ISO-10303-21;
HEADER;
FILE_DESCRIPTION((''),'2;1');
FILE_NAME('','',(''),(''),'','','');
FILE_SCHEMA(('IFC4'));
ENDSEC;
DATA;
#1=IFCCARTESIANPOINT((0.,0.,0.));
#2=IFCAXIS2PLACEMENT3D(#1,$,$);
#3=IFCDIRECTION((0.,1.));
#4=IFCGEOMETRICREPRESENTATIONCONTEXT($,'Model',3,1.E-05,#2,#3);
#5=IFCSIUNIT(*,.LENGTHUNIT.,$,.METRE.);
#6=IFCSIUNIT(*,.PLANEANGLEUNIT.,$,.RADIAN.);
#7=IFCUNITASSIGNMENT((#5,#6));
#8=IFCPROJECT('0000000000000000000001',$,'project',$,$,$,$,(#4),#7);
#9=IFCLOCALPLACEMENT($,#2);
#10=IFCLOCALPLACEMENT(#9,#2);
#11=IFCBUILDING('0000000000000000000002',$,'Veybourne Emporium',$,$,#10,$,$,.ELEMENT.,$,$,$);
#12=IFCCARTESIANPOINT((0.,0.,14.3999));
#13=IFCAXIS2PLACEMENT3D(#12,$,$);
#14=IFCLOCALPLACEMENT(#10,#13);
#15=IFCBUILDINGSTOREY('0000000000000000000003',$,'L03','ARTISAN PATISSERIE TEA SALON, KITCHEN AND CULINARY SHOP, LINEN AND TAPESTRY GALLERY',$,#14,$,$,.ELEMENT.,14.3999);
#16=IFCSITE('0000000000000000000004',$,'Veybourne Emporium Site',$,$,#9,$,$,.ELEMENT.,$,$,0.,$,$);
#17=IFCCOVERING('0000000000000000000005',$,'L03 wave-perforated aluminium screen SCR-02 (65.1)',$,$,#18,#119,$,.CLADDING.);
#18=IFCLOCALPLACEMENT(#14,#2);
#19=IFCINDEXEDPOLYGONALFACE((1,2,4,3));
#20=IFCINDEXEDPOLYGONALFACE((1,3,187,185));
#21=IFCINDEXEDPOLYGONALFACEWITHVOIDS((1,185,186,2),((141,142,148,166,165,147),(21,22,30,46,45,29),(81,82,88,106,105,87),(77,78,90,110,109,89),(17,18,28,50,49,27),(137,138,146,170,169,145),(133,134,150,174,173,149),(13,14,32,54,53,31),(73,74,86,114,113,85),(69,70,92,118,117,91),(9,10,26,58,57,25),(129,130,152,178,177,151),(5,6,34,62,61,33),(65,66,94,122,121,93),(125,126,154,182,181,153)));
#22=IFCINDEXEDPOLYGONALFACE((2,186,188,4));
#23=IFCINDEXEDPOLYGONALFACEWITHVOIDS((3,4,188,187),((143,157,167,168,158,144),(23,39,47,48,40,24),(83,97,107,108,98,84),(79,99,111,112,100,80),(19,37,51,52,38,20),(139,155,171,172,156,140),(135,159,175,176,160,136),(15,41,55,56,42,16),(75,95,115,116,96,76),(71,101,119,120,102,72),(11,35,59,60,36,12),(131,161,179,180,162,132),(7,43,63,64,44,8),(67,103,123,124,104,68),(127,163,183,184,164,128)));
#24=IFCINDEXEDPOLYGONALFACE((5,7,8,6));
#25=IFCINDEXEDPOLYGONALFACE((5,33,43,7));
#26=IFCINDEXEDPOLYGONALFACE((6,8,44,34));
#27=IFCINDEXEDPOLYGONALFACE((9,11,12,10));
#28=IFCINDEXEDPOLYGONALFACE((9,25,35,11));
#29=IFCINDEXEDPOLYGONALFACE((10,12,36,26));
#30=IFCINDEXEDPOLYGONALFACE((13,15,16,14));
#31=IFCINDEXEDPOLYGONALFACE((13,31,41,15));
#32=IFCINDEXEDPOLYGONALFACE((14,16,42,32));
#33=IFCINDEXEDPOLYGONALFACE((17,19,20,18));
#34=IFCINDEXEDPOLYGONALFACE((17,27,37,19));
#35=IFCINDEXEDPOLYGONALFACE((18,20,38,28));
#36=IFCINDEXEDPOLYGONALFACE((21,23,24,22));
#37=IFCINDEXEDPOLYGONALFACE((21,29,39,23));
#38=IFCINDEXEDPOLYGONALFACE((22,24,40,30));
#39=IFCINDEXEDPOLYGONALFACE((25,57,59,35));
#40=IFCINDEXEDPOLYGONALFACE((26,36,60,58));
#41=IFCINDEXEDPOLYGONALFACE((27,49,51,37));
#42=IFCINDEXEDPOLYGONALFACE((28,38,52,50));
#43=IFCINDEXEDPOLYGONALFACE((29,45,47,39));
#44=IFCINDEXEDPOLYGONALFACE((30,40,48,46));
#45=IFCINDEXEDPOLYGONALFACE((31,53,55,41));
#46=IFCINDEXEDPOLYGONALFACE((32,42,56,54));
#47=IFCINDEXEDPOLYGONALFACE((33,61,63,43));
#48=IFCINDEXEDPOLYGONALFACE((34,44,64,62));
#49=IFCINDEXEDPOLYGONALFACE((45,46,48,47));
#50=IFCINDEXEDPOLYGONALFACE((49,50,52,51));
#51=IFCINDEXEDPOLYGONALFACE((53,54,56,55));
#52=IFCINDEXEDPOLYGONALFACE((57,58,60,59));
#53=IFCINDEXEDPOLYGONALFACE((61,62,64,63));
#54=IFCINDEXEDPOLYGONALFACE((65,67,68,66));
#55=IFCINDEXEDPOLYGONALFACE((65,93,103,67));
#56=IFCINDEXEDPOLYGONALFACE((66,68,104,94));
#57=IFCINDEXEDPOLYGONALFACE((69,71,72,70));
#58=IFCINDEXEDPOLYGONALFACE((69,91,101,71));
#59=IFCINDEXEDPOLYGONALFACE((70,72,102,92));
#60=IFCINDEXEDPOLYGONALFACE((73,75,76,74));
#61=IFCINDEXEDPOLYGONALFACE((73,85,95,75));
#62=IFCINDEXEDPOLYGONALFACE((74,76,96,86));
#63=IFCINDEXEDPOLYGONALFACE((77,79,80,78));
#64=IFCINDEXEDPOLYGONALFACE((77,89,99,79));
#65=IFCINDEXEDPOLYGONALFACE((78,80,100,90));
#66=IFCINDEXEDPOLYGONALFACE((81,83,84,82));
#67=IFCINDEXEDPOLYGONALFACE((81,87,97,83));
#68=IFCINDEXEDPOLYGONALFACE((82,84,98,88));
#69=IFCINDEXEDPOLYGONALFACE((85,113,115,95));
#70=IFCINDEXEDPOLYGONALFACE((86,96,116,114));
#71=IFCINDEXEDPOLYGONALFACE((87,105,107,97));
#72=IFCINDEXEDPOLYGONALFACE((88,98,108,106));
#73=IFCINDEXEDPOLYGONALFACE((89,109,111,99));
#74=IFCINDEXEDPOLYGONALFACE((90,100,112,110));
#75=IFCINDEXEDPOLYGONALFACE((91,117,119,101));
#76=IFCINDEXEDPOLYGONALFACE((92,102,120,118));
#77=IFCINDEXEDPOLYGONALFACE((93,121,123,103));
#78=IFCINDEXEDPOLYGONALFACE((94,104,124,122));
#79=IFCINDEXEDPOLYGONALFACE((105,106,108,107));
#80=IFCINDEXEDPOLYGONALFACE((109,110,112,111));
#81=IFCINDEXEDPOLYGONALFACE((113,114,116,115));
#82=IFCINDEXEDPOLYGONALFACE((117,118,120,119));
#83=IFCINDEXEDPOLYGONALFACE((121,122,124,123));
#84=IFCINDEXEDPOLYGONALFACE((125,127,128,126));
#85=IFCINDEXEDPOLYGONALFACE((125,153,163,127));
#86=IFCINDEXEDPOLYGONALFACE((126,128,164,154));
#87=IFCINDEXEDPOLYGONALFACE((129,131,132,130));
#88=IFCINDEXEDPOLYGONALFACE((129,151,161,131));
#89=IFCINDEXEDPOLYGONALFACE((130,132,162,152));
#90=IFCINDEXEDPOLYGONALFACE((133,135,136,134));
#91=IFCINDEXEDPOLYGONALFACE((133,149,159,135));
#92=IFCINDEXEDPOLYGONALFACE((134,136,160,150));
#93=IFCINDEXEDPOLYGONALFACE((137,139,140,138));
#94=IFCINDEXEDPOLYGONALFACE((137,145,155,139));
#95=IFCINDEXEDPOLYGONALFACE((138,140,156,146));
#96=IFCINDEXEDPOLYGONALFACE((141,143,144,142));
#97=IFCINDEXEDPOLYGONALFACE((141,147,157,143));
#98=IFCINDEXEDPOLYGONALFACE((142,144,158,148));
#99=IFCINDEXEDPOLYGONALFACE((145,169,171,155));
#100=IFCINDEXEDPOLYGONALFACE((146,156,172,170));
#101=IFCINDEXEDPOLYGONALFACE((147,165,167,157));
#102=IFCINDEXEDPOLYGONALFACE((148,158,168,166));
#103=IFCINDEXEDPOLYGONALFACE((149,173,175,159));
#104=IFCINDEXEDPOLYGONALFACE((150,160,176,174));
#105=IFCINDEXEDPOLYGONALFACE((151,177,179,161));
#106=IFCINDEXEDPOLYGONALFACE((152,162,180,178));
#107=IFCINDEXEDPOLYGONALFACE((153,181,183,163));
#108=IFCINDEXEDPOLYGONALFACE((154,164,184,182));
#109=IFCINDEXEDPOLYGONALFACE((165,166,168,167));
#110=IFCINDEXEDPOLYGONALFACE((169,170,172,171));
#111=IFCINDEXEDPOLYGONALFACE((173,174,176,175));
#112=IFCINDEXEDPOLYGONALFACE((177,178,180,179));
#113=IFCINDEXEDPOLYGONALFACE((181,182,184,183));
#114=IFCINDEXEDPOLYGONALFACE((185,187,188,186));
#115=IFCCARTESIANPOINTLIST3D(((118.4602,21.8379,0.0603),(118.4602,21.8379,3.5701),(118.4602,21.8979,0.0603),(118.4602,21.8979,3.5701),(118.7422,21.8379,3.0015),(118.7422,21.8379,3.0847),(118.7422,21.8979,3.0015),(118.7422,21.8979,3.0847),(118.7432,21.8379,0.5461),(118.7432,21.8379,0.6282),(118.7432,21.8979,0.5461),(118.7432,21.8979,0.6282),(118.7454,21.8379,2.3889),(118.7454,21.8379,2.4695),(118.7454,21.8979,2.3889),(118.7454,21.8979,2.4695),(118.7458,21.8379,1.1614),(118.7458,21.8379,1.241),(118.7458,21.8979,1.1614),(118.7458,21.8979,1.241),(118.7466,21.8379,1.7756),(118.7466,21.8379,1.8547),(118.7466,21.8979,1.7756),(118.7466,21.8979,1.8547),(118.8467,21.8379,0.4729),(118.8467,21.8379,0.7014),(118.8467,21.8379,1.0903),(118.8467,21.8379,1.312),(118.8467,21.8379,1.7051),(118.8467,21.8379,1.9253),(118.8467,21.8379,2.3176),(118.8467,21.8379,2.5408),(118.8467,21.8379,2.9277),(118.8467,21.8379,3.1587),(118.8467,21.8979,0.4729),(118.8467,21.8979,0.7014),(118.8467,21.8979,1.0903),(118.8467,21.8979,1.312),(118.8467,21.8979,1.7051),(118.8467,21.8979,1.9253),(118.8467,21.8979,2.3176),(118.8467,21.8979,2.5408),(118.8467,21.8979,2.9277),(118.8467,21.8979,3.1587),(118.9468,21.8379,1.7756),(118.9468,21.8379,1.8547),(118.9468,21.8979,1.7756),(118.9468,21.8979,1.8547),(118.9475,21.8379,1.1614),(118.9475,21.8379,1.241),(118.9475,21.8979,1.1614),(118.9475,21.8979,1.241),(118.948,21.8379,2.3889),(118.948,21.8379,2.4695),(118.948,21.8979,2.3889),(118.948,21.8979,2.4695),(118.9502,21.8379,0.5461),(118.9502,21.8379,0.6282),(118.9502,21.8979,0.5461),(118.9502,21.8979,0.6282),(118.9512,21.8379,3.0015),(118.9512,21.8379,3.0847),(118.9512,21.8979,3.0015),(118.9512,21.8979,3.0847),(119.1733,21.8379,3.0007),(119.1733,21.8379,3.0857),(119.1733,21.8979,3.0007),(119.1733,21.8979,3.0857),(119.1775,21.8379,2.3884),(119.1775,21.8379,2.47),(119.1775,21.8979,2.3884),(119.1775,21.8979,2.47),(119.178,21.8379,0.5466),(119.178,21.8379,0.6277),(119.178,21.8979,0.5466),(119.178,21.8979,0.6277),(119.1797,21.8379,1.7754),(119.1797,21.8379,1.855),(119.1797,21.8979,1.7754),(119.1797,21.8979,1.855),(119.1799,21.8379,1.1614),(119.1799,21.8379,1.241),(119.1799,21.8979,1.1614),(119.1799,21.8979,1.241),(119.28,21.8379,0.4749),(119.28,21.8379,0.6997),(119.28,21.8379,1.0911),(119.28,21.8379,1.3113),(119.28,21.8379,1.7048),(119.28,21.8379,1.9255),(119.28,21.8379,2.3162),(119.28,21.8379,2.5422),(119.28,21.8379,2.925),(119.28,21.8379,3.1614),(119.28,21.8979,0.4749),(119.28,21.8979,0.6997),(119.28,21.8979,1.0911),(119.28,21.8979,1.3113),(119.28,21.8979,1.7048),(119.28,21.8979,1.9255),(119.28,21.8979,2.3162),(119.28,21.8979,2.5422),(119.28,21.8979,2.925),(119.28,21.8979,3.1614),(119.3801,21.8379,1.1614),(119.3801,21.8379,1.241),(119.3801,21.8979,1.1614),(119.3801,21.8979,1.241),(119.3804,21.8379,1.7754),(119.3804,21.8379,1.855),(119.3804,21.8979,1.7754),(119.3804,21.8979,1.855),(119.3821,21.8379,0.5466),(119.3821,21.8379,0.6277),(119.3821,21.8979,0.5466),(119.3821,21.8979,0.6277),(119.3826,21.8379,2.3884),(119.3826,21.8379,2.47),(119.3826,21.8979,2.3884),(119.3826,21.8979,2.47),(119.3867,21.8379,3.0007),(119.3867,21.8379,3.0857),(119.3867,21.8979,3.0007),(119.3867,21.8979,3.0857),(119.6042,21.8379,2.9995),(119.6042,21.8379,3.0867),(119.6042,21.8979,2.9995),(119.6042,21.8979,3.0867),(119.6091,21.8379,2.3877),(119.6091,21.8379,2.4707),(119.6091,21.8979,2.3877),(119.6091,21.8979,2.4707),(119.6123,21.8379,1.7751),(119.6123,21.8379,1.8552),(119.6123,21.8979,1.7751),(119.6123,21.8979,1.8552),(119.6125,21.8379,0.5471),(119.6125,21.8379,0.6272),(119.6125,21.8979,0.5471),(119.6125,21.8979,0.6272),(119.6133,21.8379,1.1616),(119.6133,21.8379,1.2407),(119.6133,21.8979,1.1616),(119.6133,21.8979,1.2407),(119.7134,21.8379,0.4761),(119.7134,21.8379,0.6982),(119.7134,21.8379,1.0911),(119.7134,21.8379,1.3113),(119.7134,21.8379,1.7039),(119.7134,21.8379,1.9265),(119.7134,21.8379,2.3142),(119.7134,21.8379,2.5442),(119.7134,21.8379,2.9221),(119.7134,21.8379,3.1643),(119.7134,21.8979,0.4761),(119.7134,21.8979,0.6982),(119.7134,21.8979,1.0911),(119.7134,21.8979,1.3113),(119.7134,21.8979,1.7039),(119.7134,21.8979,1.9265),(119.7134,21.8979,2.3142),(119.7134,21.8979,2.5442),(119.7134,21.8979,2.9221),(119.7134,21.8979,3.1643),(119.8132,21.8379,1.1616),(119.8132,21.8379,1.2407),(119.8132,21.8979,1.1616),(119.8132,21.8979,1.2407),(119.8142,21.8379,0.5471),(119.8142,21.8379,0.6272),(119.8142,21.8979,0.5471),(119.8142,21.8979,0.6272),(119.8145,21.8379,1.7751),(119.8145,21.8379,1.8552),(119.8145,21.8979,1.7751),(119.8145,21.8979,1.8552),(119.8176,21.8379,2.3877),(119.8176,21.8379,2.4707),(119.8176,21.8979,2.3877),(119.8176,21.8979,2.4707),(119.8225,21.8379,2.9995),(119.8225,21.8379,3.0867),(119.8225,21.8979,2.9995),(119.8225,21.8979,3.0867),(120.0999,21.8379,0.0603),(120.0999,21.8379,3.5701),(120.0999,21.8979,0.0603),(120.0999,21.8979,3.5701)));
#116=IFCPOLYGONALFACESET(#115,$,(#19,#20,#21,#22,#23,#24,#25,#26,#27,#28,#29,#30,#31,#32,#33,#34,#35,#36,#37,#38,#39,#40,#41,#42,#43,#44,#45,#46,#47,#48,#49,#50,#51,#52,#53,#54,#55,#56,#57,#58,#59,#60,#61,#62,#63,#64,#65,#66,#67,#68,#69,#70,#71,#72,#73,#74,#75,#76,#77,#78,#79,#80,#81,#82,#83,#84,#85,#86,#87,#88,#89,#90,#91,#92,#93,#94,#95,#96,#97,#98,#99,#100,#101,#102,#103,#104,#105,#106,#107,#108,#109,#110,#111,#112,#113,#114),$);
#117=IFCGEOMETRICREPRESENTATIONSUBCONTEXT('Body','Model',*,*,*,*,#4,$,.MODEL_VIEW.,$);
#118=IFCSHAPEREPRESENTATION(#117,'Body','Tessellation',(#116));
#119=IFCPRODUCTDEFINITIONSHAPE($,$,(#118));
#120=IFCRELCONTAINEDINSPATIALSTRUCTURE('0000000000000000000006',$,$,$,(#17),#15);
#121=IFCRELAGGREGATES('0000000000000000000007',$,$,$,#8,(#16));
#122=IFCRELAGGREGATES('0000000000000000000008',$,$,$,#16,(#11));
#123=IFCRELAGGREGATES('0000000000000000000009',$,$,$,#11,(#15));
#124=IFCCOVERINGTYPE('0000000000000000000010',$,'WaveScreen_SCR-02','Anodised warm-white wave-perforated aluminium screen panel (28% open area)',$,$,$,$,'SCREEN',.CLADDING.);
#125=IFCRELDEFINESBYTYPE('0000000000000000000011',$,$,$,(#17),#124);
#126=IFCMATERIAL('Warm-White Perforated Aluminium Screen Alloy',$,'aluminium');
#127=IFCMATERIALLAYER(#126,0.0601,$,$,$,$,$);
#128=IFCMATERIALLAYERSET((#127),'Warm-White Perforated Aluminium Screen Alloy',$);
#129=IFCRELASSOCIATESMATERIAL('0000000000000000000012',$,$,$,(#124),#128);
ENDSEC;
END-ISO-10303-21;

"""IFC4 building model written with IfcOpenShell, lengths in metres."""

from ifc_helpers import new_model, si_unit, direction, frame, origin, place, context, subcontext, project, spatial, polyline, outline, extrude, material, layer, layer_set, type_object, element, save


model = new_model("IFC4")

# Units and contexts
model_context = context("Model", 3, precision=1e-05, world=origin(), true_north=direction((0.0, 1.0)))
body_context = subcontext(model_context, "Body", "Model", "MODEL_VIEW")
ifc_project = project(units=[si_unit("LENGTHUNIT", "METRE"), si_unit("PLANEANGLEUNIT", "RADIAN")], contexts=[model_context])

# Site, building, storey
site_placement = place(None, origin())
site = spatial("IfcSite", under=ifc_project, at=site_placement, Name="Veybourne Emporium Site", CompositionType="ELEMENT", RefElevation=0.0)
building_placement = place(site_placement, origin())
building = spatial("IfcBuilding", under=site, at=building_placement, Name="Veybourne Emporium", CompositionType="ELEMENT")
storey_placement = place(building_placement, frame((0.0, 0.0, 14.3999)))
storey = spatial("IfcBuildingStorey", under=building, at=storey_placement, Name="L03", Description="ARTISAN PATISSERIE TEA SALON, KITCHEN AND CULINARY SHOP, LINEN AND TAPESTRY GALLERY", CompositionType="ELEMENT", Elevation=14.3999)

# Covering
ifc_material_1 = material(Name="Warm-White Perforated Aluminium Screen Alloy", Category="aluminium")
ifc_layer_1 = layer(ifc_material_1, 0.0601)
ifc_layer_set_1 = layer_set([ifc_layer_1], Name="Warm-White Perforated Aluminium Screen Alloy")
covering_type_1 = type_object("IfcCoveringType", Name="WaveScreen_SCR-02", Description="Anodised warm-white wave-perforated aluminium screen panel (28% open area)", ElementType="SCREEN", PredefinedType="CLADDING", material=ifc_layer_set_1)
covering_1_placement = place(storey_placement, frame((119.28, 21.8979, 1.8152), z_axis=(0.0, -1.0, 0.0), x_axis=(1.0, 0.0, 0.0)))
element("IfcCovering", 1, at=covering_1_placement, inside=storey, type_object=covering_type_1, Name="L03 wave-perforated aluminium screen SCR-02 (65.1)", PredefinedType="CLADDING", context=body_context, shape_type="SweptSolid", body=[
    extrude(outline(polyline([(-0.8198, -1.7549), (0.8198, -1.7549), (0.8198, 1.7549), (-0.8198, 1.7549), (-0.8198, -1.7549)]), holes=[polyline([(-0.4333, -1.1138), (-0.3298, -1.187), (-0.3298, -1.269), (-0.4333, -1.3423), (-0.5369, -1.269), (-0.5369, -1.187), (-0.4333, -1.1138)]), polyline([(-0.4333, -0.5032), (-0.3325, -0.5742), (-0.3325, -0.6538), (-0.4333, -0.7249), (-0.5342, -0.6538), (-0.5342, -0.5742), (-0.4333, -0.5032)]), polyline([(-0.4333, 0.1101), (-0.3333, 0.0396), (-0.3333, -0.0396), (-0.4333, -0.1101), (-0.5334, -0.0396), (-0.5334, 0.0396), (-0.4333, 0.1101)]), polyline([(-0.4333, 0.7256), (-0.332, 0.6543), (-0.332, 0.5737), (-0.4333, 0.5024), (-0.5347, 0.5737), (-0.5347, 0.6543), (-0.4333, 0.7256)]), polyline([(-0.4333, 1.3435), (-0.3289, 1.2695), (-0.3289, 1.1863), (-0.4333, 1.1125), (-0.5378, 1.1863), (-0.5378, 1.2695), (-0.4333, 1.3435)]), polyline([(0.0, -1.1155), (0.1021, -1.1875), (0.1021, -1.2686), (0.0, -1.3403), (-0.1021, -1.2686), (-0.1021, -1.1875), (0.0, -1.1155)]), polyline([(0.0, -0.5039), (0.1001, -0.5742), (0.1001, -0.6538), (0.0, -0.7241), (-0.1001, -0.6538), (-0.1001, -0.5742), (0.0, -0.5039)]), polyline([(0.0, 0.1104), (0.1003, 0.0398), (0.1003, -0.0398), (0.0, -0.1104), (-0.1003, -0.0398), (-0.1003, 0.0398), (0.0, 0.1104)]), polyline([(0.0, 0.7271), (0.1025, 0.6548), (0.1025, 0.5732), (0.0, 0.501), (-0.1025, 0.5732), (-0.1025, 0.6548), (0.0, 0.7271)]), polyline([(0.0, 1.3462), (0.1067, 1.2705), (0.1067, 1.1855), (0.0, 1.1099), (-0.1067, 1.1855), (-0.1067, 1.2705), (0.0, 1.3462)]), polyline([(0.4333, -1.1169), (0.5342, -1.188), (0.5342, -1.2681), (0.4333, -1.3391), (0.3325, -1.2681), (0.3325, -1.188), (0.4333, -1.1169)]), polyline([(0.4333, -0.5039), (0.5332, -0.5745), (0.5332, -0.6536), (0.4333, -0.7241), (0.3333, -0.6536), (0.3333, -0.5745), (0.4333, -0.5039)]), polyline([(0.4333, 0.1113), (0.5344, 0.04), (0.5344, -0.04), (0.4333, -0.1113), (0.3323, -0.04), (0.3323, 0.04), (0.4333, 0.1113)]), polyline([(0.4333, 0.729), (0.5376, 0.6555), (0.5376, 0.5725), (0.4333, 0.499), (0.3291, 0.5725), (0.3291, 0.6555), (0.4333, 0.729)]), polyline([(0.4333, 1.3491), (0.5425, 1.2715), (0.5425, 1.1843), (0.4333, 1.1069), (0.3242, 1.1843), (0.3242, 1.2715), (0.4333, 1.3491)])]), origin(), (0.0, 0.0, 1.0), 0.0601),
])

save(model, "model.ifc")
